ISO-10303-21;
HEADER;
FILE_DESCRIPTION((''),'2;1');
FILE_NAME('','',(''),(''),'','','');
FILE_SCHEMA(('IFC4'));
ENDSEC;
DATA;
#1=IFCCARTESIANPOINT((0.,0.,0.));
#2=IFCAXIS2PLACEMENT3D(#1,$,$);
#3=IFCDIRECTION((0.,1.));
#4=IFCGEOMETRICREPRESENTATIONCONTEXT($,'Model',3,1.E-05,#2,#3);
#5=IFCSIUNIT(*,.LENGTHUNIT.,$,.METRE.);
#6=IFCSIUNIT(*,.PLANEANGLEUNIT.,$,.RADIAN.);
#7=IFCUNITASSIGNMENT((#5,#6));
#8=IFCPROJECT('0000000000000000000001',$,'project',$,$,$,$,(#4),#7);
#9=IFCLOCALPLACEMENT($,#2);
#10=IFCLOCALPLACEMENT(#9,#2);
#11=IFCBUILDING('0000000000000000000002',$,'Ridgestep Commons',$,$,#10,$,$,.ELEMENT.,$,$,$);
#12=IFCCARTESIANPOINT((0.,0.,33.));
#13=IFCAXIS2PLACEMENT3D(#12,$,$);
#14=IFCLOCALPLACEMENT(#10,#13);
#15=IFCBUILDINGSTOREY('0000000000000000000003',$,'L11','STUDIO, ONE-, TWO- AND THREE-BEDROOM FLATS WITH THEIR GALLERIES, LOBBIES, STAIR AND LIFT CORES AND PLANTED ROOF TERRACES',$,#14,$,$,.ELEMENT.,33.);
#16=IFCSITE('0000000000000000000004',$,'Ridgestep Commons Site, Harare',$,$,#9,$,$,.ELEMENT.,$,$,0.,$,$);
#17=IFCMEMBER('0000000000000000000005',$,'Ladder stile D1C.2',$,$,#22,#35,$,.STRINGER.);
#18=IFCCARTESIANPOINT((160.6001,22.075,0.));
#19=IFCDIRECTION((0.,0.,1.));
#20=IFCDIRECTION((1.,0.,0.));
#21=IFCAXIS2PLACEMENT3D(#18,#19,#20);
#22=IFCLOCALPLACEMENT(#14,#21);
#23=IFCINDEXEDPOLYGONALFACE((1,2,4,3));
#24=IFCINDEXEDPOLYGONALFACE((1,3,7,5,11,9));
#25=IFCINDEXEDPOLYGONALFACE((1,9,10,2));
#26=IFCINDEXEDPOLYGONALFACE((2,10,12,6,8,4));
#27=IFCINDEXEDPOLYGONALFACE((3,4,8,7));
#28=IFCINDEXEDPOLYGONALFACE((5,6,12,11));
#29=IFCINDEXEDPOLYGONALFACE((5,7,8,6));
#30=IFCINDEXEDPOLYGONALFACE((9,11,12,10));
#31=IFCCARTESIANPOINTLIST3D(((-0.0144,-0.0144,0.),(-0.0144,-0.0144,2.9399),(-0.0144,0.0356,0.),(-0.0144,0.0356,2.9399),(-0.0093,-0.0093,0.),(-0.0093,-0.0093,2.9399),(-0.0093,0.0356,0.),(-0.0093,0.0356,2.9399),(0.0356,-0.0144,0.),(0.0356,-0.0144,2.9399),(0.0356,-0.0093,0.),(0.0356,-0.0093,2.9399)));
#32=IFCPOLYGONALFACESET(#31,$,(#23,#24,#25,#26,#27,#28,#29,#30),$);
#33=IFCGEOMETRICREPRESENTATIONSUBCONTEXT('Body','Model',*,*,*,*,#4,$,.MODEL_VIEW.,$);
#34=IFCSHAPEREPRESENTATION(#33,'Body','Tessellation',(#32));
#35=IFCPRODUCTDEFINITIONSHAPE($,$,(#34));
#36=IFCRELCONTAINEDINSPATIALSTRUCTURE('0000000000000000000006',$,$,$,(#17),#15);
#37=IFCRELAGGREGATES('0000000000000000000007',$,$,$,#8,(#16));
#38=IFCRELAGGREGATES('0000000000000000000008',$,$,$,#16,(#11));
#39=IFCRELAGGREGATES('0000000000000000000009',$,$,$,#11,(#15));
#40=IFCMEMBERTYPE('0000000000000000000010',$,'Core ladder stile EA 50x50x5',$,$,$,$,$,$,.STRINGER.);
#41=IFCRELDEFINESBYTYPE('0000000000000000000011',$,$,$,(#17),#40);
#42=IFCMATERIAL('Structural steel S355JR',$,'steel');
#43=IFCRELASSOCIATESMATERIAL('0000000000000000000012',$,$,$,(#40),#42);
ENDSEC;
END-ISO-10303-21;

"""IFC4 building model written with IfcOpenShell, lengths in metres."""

from ifc_helpers import new_model, si_unit, direction, frame, origin, place, context, subcontext, project, spatial, polyline, outline, extrude, material, material_profile, profile_set, type_object, element, save


model = new_model("IFC4")

# Units and contexts
model_context = context("Model", 3, precision=1e-05, world=origin(), true_north=direction((0.0, 1.0)))
body_context = subcontext(model_context, "Body", "Model", "MODEL_VIEW")
ifc_project = project(units=[si_unit("LENGTHUNIT", "METRE"), si_unit("PLANEANGLEUNIT", "RADIAN")], contexts=[model_context])

# Site, building, storey
site_placement = place(None, origin())
site = spatial("IfcSite", under=ifc_project, at=site_placement, Name="Ridgestep Commons Site, Harare", CompositionType="ELEMENT", RefElevation=0.0)
building_placement = place(site_placement, origin())
building = spatial("IfcBuilding", under=site, at=building_placement, Name="Ridgestep Commons", CompositionType="ELEMENT")
storey_placement = place(building_placement, frame((0.0, 0.0, 33.0)))
storey = spatial("IfcBuildingStorey", under=building, at=storey_placement, Name="L11", Description="STUDIO, ONE-, TWO- AND THREE-BEDROOM FLATS WITH THEIR GALLERIES, LOBBIES, STAIR AND LIFT CORES AND PLANTED ROOF TERRACES", CompositionType="ELEMENT", Elevation=33.0)

# Member
ifc_material_1 = material(Name="Structural steel S355JR", Category="steel")
ifc_material_profile_1 = material_profile(ifc_material_1, outline(polyline([(-0.0144, -0.0144), (0.0356, -0.0144), (0.0356, -0.0093), (-0.0093, -0.0093), (-0.0093, 0.0356), (-0.0144, 0.0356), (-0.0144, -0.0144)])), Name="EA 50x50x5")
ifc_profile_set_1 = profile_set([ifc_material_profile_1], Name="Structural steel S355JR")
member_type_1 = type_object("IfcMemberType", Name="Core ladder stile EA 50x50x5", PredefinedType="STRINGER", material=ifc_profile_set_1)
member_1_placement = place(storey_placement, frame((160.6001, 22.075, 0.0), z_axis=(0.0, 0.0, 1.0), x_axis=(1.0, 0.0, 0.0)))
element("IfcMember", 1, at=member_1_placement, inside=storey, type_object=member_type_1, Name="Ladder stile D1C.2", PredefinedType="STRINGER", context=body_context, shape_type="SweptSolid", body=[
    extrude(outline(polyline([(-0.0144, -0.0144), (0.0356, -0.0144), (0.0356, -0.0093), (-0.0093, -0.0093), (-0.0093, 0.0356), (-0.0144, 0.0356), (-0.0144, -0.0144)])), origin(), (0.0, 0.0, 1.0), 2.9399),
])

save(model, "model.ifc")
